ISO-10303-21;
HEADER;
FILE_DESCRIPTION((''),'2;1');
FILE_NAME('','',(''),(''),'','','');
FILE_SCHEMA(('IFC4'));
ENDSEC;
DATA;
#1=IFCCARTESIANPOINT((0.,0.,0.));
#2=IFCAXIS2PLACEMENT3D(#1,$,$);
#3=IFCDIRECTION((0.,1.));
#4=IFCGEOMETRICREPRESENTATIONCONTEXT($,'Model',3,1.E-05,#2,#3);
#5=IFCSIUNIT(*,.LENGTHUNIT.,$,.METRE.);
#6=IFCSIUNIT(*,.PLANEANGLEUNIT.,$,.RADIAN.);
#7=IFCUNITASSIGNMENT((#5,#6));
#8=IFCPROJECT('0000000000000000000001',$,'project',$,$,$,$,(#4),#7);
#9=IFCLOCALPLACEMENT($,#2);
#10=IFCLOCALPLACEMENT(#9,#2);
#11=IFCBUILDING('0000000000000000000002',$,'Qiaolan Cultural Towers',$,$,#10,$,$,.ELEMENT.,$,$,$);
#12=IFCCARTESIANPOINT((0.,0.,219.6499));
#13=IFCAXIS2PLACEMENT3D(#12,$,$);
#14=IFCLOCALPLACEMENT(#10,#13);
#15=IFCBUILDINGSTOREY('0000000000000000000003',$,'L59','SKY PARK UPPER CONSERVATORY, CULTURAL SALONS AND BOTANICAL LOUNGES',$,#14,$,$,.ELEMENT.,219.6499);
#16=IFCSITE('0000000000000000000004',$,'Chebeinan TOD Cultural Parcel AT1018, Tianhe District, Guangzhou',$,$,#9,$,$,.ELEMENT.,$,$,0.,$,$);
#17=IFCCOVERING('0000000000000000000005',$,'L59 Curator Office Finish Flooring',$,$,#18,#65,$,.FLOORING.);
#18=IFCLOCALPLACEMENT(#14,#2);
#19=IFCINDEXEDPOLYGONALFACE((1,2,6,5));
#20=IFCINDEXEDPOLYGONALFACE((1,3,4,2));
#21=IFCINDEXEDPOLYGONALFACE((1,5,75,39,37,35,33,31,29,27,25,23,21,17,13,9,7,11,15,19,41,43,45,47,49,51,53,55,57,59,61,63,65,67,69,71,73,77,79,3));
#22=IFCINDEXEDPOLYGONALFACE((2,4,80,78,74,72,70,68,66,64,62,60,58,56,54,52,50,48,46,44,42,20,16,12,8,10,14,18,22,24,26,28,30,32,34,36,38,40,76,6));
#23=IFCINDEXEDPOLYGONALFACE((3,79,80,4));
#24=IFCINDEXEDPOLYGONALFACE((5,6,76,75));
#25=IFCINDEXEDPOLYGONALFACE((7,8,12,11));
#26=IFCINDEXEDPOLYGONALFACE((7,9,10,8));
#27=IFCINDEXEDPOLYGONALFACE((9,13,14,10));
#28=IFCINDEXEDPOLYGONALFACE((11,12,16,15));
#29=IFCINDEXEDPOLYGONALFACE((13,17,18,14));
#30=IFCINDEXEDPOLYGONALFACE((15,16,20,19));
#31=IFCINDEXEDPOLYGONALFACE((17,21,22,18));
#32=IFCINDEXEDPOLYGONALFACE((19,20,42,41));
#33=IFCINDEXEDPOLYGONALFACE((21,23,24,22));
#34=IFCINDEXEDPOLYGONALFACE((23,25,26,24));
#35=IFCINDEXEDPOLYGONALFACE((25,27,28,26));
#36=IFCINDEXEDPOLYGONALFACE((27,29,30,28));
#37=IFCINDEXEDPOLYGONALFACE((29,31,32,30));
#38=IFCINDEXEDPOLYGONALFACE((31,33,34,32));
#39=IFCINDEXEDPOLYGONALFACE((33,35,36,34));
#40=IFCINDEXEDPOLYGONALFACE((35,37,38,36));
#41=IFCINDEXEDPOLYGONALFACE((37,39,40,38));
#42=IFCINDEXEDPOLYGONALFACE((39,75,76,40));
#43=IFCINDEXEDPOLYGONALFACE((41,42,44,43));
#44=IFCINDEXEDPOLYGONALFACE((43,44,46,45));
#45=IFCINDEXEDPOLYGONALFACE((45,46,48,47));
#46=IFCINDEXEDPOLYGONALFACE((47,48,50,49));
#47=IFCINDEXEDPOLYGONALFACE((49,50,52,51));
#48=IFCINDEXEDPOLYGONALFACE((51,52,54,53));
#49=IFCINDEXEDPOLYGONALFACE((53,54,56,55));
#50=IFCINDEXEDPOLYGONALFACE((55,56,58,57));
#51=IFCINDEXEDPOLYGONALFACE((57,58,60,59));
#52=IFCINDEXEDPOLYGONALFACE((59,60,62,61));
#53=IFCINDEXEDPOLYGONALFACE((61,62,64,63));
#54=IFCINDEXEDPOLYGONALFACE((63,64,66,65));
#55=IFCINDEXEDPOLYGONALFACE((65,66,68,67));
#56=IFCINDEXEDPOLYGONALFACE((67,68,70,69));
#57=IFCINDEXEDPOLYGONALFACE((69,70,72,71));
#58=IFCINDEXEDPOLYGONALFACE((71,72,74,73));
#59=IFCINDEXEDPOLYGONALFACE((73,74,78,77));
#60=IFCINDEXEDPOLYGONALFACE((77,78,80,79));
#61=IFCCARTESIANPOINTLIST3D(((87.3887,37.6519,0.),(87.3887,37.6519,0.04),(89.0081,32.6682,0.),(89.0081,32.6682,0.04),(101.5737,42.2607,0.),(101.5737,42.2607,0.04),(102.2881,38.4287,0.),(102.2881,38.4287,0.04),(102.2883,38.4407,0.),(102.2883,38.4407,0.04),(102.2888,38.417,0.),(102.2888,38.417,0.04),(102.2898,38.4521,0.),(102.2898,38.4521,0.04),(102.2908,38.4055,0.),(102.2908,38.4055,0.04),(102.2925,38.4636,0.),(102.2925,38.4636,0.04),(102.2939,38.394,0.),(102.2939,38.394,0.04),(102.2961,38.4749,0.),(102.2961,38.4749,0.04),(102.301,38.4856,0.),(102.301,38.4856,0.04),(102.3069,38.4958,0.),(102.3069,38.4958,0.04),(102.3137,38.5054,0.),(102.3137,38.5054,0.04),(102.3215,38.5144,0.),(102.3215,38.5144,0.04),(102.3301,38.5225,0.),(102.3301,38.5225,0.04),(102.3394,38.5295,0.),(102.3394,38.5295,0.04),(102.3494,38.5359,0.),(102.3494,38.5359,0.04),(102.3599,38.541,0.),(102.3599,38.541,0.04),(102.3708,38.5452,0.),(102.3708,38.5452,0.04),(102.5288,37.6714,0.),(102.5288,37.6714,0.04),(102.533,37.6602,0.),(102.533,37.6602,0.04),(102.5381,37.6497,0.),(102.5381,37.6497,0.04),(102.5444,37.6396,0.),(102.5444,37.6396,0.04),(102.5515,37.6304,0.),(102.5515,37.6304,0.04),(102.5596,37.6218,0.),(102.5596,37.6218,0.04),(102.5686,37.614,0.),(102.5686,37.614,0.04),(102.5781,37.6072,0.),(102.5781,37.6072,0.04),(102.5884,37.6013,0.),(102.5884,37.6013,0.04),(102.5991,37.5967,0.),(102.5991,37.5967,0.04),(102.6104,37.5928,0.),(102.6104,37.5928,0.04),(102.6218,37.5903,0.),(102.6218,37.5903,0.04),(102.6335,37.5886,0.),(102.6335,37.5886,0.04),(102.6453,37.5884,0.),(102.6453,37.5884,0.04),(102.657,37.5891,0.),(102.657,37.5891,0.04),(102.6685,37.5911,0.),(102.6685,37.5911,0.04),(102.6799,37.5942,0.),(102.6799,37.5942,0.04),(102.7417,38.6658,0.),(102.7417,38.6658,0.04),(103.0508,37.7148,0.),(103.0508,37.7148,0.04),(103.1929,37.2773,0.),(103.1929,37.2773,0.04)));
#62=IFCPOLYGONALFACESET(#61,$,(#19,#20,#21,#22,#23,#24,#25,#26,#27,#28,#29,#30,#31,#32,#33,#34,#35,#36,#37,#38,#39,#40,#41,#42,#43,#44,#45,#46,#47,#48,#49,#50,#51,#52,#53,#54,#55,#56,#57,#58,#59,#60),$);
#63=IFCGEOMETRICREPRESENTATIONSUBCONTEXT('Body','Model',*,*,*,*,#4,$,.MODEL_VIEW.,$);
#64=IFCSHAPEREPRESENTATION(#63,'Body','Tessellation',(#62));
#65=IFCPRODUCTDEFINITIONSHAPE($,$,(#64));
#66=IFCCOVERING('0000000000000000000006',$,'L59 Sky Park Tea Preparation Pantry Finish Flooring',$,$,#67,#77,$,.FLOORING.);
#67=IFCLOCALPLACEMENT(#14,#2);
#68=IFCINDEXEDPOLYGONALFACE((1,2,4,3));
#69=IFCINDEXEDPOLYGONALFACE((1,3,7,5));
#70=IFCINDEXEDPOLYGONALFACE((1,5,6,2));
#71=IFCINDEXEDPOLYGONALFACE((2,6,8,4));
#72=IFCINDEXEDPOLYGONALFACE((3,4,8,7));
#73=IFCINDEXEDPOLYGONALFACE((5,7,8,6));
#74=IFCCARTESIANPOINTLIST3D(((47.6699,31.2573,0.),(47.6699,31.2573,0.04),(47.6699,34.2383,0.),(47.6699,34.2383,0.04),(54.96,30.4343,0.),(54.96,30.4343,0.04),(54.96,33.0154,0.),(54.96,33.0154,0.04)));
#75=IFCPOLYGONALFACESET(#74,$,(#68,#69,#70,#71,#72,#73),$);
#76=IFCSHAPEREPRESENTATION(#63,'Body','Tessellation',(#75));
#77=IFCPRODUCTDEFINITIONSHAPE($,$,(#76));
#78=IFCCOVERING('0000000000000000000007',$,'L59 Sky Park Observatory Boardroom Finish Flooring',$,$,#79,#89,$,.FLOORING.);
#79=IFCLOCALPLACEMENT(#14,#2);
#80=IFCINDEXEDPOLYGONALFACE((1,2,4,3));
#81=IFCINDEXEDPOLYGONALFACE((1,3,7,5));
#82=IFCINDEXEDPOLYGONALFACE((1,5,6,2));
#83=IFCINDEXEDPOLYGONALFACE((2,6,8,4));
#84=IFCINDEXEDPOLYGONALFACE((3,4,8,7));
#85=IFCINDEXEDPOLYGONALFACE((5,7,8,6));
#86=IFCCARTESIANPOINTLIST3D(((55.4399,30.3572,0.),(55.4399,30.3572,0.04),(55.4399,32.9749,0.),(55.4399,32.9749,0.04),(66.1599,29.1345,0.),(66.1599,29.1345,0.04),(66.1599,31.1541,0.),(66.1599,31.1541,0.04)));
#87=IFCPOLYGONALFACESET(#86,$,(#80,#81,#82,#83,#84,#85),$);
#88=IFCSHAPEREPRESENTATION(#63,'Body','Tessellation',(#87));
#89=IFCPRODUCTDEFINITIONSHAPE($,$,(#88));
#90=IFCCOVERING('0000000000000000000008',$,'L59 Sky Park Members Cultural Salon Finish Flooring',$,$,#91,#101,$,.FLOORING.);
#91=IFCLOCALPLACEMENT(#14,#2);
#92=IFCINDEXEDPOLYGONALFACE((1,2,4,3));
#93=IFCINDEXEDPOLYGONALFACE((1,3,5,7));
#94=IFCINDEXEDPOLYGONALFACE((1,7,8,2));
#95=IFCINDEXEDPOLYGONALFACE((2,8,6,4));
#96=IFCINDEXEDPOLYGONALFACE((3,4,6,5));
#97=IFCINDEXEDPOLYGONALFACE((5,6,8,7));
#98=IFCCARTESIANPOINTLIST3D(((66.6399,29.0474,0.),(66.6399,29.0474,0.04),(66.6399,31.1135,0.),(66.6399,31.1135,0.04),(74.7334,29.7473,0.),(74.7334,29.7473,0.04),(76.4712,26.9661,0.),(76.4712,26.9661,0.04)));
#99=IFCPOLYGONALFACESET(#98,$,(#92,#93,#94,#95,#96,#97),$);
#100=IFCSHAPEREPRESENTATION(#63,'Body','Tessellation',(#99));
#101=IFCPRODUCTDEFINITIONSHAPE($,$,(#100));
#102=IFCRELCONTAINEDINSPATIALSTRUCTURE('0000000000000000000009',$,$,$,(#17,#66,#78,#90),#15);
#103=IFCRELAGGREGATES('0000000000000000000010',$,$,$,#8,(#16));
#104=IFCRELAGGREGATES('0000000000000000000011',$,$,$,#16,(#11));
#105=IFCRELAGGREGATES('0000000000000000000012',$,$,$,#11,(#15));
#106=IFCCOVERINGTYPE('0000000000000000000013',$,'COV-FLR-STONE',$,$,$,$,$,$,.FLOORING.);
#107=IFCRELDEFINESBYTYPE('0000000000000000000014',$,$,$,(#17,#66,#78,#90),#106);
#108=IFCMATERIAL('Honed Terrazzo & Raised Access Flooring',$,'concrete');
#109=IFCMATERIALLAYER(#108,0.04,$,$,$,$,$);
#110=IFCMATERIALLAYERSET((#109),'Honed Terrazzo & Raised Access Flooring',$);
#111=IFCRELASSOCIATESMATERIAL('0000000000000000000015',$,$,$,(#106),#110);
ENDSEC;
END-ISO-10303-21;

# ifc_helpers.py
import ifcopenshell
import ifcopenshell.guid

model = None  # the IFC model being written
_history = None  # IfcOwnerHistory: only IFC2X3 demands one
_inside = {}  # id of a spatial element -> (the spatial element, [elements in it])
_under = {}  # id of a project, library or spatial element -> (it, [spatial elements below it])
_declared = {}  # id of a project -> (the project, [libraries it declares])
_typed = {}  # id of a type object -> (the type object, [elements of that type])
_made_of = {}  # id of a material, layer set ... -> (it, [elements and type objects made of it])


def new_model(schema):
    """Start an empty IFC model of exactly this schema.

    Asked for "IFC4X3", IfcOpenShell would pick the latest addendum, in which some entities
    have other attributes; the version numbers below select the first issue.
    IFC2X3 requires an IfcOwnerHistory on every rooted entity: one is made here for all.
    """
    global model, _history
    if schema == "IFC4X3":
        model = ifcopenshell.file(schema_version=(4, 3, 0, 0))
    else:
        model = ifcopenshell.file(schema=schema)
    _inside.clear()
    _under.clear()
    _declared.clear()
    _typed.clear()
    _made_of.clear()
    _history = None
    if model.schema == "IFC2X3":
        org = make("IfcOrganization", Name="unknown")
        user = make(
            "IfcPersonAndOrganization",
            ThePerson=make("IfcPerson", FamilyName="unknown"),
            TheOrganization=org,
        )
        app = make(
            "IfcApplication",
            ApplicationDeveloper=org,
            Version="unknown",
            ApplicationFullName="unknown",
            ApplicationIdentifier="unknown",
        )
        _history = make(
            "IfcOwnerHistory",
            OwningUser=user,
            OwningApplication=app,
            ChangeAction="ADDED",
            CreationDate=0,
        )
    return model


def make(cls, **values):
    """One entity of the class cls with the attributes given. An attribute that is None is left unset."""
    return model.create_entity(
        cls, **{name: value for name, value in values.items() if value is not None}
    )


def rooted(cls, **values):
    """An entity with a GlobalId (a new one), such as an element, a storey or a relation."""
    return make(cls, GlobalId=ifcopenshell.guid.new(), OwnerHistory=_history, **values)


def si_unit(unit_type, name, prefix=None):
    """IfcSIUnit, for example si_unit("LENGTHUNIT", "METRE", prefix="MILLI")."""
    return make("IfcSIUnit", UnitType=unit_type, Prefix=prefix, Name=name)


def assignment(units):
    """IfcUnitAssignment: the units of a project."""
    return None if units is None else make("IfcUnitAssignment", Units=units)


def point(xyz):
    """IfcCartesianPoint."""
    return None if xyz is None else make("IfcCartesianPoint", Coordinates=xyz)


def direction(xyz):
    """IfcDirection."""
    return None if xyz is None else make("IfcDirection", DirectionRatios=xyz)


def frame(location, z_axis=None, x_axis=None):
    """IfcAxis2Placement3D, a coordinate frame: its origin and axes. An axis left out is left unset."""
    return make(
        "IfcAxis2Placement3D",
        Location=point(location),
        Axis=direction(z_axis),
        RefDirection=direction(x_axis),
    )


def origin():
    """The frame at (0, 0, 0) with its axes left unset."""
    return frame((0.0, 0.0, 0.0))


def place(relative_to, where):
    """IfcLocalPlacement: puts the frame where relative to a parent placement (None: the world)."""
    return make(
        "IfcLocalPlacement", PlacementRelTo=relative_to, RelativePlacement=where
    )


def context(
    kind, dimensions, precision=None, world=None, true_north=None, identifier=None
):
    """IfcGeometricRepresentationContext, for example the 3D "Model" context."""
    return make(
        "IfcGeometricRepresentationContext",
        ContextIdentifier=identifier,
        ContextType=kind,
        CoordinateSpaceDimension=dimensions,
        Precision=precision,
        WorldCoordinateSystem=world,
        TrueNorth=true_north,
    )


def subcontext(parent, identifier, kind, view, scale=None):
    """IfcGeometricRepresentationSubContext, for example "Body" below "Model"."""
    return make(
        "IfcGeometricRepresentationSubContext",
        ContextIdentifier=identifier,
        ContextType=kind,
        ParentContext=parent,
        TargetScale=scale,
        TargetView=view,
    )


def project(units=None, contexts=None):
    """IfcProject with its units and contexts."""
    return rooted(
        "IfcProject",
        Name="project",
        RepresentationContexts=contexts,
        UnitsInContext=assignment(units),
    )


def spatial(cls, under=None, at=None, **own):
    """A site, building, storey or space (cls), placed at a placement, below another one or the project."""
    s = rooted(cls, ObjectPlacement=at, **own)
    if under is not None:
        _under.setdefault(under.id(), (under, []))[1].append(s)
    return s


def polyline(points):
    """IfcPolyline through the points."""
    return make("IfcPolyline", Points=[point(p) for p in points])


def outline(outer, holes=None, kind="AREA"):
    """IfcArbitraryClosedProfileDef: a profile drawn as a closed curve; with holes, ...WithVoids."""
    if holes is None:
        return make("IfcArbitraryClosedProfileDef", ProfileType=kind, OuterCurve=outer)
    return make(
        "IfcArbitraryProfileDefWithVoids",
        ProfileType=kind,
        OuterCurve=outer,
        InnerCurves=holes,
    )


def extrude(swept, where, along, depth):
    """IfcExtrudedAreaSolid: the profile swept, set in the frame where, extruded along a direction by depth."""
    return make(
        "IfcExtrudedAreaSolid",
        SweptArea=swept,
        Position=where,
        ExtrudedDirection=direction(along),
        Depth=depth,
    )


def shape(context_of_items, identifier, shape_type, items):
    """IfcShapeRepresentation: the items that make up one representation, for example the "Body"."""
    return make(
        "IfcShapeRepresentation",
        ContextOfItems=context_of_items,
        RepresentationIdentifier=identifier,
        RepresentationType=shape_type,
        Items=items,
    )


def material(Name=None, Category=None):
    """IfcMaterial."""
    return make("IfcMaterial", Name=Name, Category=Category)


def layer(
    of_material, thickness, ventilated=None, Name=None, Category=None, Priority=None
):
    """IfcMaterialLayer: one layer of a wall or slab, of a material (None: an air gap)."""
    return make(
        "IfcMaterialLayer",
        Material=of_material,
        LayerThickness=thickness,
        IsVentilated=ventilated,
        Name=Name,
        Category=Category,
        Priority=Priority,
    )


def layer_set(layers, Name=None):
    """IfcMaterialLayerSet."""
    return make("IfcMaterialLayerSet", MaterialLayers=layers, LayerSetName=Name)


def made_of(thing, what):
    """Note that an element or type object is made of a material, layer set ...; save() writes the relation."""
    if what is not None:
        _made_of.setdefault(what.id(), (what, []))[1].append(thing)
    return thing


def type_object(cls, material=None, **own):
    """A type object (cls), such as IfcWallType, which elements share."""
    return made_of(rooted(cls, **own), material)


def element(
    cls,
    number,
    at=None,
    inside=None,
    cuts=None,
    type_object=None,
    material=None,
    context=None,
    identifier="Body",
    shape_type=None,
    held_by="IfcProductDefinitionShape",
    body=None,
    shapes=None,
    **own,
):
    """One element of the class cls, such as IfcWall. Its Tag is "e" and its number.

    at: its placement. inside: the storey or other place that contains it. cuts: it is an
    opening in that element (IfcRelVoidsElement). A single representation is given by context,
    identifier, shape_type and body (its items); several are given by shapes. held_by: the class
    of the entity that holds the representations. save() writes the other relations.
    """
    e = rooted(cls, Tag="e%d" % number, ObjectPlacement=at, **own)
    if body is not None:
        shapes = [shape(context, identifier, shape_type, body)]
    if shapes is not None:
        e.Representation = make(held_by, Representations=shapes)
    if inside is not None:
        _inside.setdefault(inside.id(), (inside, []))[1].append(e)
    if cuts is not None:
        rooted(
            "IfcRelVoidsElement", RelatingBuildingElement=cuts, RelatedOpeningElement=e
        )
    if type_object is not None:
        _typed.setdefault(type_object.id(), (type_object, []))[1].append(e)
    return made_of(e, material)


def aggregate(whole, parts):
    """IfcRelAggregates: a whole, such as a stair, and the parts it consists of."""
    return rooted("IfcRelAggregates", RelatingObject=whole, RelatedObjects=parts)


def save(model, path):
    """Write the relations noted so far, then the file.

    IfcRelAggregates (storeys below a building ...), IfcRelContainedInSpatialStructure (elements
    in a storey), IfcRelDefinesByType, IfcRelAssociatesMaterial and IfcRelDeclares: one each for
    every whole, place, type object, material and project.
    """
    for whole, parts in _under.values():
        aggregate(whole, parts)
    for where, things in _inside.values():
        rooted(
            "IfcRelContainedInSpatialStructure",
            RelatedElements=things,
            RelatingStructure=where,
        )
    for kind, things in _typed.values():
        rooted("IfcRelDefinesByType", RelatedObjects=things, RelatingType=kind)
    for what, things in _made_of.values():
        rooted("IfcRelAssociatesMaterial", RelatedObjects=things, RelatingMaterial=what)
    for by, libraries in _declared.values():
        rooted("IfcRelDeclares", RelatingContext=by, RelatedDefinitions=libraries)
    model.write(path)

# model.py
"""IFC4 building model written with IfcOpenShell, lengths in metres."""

from ifc_helpers import new_model, si_unit, direction, frame, origin, place, context, subcontext, project, spatial, polyline, outline, extrude, material, layer, layer_set, type_object, element, save


model = new_model("IFC4")

# Units and contexts
model_context = context("Model", 3, precision=1e-05, world=origin(), true_north=direction((0.0, 1.0)))
body_context = subcontext(model_context, "Body", "Model", "MODEL_VIEW")
ifc_project = project(units=[si_unit("LENGTHUNIT", "METRE"), si_unit("PLANEANGLEUNIT", "RADIAN")], contexts=[model_context])

# Site, building, storey
site_placement = place(None, origin())
site = spatial("IfcSite", under=ifc_project, at=site_placement, Name="Chebeinan TOD Cultural Parcel AT1018, Tianhe District, Guangzhou", CompositionType="ELEMENT", RefElevation=0.0)
building_placement = place(site_placement, origin())
building = spatial("IfcBuilding", under=site, at=building_placement, Name="Qiaolan Cultural Towers", CompositionType="ELEMENT")
storey_placement = place(building_placement, frame((0.0, 0.0, 219.6499)))
storey = spatial("IfcBuildingStorey", under=building, at=storey_placement, Name="L59", Description="SKY PARK UPPER CONSERVATORY, CULTURAL SALONS AND BOTANICAL LOUNGES", CompositionType="ELEMENT", Elevation=219.6499)

# Coverings
ifc_material_1 = material(Name="Honed Terrazzo & Raised Access Flooring", Category="concrete")
ifc_layer_1 = layer(ifc_material_1, 0.04)
ifc_layer_set_1 = layer_set([ifc_layer_1], Name="Honed Terrazzo & Raised Access Flooring")
covering_type = type_object("IfcCoveringType", Name="COV-FLR-STONE", PredefinedType="FLOORING", material=ifc_layer_set_1)
covering_1_placement = place(storey_placement, origin())
element("IfcCovering", 1, at=covering_1_placement, inside=storey, type_object=covering_type, Name="L59 Curator Office Finish Flooring", PredefinedType="FLOORING", context=body_context, shape_type="SweptSolid", body=[
    extrude(outline(polyline([(103.0508, 37.7148), (102.6799, 37.5942), (102.6685, 37.5911), (102.657, 37.5891), (102.6453, 37.5884), (102.6335, 37.5886), (102.6218, 37.5903), (102.6104, 37.5928), (102.5991, 37.5967), (102.5884, 37.6013), (102.5781, 37.6072), (102.5686, 37.614), (102.5596, 37.6218), (102.5515, 37.6304), (102.5444, 37.6396), (102.5381, 37.6497), (102.533, 37.6602), (102.5288, 37.6714), (102.2939, 38.394), (102.2908, 38.4055), (102.2888, 38.417), (102.2881, 38.4287), (102.2883, 38.4407), (102.2898, 38.4521), (102.2925, 38.4636), (102.2961, 38.4749), (102.301, 38.4856), (102.3069, 38.4958), (102.3137, 38.5054), (102.3215, 38.5144), (102.3301, 38.5225), (102.3394, 38.5295), (102.3494, 38.5359), (102.3599, 38.541), (102.3708, 38.5452), (102.7417, 38.6658), (101.5737, 42.2607), (87.3887, 37.6519), (89.0081, 32.6682), (103.1929, 37.2773), (103.0508, 37.7148)])), origin(), (0.0, 0.0, 1.0), 0.04),
])
covering_2_placement = place(storey_placement, origin())
element("IfcCovering", 2, at=covering_2_placement, inside=storey, type_object=covering_type, Name="L59 Sky Park Tea Preparation Pantry Finish Flooring", PredefinedType="FLOORING", context=body_context, shape_type="SweptSolid", body=[
    extrude(outline(polyline([(54.96, 30.4343), (54.96, 33.0154), (47.6699, 34.2383), (47.6699, 31.2573), (54.96, 30.4343)])), origin(), (0.0, 0.0, 1.0), 0.04),
])
covering_3_placement = place(storey_placement, origin())
element("IfcCovering", 3, at=covering_3_placement, inside=storey, type_object=covering_type, Name="L59 Sky Park Observatory Boardroom Finish Flooring", PredefinedType="FLOORING", context=body_context, shape_type="SweptSolid", body=[
    extrude(outline(polyline([(66.1599, 29.1345), (66.1599, 31.1541), (55.4399, 32.9749), (55.4399, 30.3572), (66.1599, 29.1345)])), origin(), (0.0, 0.0, 1.0), 0.04),
])
covering_4_placement = place(storey_placement, origin())
element("IfcCovering", 4, at=covering_4_placement, inside=storey, type_object=covering_type, Name="L59 Sky Park Members Cultural Salon Finish Flooring", PredefinedType="FLOORING", context=body_context, shape_type="SweptSolid", body=[
    extrude(outline(polyline([(76.4712, 26.9661), (74.7334, 29.7473), (66.6399, 31.1135), (66.6399, 29.0474), (76.4712, 26.9661)])), origin(), (0.0, 0.0, 1.0), 0.04),
])

save(model, "model.ifc")
